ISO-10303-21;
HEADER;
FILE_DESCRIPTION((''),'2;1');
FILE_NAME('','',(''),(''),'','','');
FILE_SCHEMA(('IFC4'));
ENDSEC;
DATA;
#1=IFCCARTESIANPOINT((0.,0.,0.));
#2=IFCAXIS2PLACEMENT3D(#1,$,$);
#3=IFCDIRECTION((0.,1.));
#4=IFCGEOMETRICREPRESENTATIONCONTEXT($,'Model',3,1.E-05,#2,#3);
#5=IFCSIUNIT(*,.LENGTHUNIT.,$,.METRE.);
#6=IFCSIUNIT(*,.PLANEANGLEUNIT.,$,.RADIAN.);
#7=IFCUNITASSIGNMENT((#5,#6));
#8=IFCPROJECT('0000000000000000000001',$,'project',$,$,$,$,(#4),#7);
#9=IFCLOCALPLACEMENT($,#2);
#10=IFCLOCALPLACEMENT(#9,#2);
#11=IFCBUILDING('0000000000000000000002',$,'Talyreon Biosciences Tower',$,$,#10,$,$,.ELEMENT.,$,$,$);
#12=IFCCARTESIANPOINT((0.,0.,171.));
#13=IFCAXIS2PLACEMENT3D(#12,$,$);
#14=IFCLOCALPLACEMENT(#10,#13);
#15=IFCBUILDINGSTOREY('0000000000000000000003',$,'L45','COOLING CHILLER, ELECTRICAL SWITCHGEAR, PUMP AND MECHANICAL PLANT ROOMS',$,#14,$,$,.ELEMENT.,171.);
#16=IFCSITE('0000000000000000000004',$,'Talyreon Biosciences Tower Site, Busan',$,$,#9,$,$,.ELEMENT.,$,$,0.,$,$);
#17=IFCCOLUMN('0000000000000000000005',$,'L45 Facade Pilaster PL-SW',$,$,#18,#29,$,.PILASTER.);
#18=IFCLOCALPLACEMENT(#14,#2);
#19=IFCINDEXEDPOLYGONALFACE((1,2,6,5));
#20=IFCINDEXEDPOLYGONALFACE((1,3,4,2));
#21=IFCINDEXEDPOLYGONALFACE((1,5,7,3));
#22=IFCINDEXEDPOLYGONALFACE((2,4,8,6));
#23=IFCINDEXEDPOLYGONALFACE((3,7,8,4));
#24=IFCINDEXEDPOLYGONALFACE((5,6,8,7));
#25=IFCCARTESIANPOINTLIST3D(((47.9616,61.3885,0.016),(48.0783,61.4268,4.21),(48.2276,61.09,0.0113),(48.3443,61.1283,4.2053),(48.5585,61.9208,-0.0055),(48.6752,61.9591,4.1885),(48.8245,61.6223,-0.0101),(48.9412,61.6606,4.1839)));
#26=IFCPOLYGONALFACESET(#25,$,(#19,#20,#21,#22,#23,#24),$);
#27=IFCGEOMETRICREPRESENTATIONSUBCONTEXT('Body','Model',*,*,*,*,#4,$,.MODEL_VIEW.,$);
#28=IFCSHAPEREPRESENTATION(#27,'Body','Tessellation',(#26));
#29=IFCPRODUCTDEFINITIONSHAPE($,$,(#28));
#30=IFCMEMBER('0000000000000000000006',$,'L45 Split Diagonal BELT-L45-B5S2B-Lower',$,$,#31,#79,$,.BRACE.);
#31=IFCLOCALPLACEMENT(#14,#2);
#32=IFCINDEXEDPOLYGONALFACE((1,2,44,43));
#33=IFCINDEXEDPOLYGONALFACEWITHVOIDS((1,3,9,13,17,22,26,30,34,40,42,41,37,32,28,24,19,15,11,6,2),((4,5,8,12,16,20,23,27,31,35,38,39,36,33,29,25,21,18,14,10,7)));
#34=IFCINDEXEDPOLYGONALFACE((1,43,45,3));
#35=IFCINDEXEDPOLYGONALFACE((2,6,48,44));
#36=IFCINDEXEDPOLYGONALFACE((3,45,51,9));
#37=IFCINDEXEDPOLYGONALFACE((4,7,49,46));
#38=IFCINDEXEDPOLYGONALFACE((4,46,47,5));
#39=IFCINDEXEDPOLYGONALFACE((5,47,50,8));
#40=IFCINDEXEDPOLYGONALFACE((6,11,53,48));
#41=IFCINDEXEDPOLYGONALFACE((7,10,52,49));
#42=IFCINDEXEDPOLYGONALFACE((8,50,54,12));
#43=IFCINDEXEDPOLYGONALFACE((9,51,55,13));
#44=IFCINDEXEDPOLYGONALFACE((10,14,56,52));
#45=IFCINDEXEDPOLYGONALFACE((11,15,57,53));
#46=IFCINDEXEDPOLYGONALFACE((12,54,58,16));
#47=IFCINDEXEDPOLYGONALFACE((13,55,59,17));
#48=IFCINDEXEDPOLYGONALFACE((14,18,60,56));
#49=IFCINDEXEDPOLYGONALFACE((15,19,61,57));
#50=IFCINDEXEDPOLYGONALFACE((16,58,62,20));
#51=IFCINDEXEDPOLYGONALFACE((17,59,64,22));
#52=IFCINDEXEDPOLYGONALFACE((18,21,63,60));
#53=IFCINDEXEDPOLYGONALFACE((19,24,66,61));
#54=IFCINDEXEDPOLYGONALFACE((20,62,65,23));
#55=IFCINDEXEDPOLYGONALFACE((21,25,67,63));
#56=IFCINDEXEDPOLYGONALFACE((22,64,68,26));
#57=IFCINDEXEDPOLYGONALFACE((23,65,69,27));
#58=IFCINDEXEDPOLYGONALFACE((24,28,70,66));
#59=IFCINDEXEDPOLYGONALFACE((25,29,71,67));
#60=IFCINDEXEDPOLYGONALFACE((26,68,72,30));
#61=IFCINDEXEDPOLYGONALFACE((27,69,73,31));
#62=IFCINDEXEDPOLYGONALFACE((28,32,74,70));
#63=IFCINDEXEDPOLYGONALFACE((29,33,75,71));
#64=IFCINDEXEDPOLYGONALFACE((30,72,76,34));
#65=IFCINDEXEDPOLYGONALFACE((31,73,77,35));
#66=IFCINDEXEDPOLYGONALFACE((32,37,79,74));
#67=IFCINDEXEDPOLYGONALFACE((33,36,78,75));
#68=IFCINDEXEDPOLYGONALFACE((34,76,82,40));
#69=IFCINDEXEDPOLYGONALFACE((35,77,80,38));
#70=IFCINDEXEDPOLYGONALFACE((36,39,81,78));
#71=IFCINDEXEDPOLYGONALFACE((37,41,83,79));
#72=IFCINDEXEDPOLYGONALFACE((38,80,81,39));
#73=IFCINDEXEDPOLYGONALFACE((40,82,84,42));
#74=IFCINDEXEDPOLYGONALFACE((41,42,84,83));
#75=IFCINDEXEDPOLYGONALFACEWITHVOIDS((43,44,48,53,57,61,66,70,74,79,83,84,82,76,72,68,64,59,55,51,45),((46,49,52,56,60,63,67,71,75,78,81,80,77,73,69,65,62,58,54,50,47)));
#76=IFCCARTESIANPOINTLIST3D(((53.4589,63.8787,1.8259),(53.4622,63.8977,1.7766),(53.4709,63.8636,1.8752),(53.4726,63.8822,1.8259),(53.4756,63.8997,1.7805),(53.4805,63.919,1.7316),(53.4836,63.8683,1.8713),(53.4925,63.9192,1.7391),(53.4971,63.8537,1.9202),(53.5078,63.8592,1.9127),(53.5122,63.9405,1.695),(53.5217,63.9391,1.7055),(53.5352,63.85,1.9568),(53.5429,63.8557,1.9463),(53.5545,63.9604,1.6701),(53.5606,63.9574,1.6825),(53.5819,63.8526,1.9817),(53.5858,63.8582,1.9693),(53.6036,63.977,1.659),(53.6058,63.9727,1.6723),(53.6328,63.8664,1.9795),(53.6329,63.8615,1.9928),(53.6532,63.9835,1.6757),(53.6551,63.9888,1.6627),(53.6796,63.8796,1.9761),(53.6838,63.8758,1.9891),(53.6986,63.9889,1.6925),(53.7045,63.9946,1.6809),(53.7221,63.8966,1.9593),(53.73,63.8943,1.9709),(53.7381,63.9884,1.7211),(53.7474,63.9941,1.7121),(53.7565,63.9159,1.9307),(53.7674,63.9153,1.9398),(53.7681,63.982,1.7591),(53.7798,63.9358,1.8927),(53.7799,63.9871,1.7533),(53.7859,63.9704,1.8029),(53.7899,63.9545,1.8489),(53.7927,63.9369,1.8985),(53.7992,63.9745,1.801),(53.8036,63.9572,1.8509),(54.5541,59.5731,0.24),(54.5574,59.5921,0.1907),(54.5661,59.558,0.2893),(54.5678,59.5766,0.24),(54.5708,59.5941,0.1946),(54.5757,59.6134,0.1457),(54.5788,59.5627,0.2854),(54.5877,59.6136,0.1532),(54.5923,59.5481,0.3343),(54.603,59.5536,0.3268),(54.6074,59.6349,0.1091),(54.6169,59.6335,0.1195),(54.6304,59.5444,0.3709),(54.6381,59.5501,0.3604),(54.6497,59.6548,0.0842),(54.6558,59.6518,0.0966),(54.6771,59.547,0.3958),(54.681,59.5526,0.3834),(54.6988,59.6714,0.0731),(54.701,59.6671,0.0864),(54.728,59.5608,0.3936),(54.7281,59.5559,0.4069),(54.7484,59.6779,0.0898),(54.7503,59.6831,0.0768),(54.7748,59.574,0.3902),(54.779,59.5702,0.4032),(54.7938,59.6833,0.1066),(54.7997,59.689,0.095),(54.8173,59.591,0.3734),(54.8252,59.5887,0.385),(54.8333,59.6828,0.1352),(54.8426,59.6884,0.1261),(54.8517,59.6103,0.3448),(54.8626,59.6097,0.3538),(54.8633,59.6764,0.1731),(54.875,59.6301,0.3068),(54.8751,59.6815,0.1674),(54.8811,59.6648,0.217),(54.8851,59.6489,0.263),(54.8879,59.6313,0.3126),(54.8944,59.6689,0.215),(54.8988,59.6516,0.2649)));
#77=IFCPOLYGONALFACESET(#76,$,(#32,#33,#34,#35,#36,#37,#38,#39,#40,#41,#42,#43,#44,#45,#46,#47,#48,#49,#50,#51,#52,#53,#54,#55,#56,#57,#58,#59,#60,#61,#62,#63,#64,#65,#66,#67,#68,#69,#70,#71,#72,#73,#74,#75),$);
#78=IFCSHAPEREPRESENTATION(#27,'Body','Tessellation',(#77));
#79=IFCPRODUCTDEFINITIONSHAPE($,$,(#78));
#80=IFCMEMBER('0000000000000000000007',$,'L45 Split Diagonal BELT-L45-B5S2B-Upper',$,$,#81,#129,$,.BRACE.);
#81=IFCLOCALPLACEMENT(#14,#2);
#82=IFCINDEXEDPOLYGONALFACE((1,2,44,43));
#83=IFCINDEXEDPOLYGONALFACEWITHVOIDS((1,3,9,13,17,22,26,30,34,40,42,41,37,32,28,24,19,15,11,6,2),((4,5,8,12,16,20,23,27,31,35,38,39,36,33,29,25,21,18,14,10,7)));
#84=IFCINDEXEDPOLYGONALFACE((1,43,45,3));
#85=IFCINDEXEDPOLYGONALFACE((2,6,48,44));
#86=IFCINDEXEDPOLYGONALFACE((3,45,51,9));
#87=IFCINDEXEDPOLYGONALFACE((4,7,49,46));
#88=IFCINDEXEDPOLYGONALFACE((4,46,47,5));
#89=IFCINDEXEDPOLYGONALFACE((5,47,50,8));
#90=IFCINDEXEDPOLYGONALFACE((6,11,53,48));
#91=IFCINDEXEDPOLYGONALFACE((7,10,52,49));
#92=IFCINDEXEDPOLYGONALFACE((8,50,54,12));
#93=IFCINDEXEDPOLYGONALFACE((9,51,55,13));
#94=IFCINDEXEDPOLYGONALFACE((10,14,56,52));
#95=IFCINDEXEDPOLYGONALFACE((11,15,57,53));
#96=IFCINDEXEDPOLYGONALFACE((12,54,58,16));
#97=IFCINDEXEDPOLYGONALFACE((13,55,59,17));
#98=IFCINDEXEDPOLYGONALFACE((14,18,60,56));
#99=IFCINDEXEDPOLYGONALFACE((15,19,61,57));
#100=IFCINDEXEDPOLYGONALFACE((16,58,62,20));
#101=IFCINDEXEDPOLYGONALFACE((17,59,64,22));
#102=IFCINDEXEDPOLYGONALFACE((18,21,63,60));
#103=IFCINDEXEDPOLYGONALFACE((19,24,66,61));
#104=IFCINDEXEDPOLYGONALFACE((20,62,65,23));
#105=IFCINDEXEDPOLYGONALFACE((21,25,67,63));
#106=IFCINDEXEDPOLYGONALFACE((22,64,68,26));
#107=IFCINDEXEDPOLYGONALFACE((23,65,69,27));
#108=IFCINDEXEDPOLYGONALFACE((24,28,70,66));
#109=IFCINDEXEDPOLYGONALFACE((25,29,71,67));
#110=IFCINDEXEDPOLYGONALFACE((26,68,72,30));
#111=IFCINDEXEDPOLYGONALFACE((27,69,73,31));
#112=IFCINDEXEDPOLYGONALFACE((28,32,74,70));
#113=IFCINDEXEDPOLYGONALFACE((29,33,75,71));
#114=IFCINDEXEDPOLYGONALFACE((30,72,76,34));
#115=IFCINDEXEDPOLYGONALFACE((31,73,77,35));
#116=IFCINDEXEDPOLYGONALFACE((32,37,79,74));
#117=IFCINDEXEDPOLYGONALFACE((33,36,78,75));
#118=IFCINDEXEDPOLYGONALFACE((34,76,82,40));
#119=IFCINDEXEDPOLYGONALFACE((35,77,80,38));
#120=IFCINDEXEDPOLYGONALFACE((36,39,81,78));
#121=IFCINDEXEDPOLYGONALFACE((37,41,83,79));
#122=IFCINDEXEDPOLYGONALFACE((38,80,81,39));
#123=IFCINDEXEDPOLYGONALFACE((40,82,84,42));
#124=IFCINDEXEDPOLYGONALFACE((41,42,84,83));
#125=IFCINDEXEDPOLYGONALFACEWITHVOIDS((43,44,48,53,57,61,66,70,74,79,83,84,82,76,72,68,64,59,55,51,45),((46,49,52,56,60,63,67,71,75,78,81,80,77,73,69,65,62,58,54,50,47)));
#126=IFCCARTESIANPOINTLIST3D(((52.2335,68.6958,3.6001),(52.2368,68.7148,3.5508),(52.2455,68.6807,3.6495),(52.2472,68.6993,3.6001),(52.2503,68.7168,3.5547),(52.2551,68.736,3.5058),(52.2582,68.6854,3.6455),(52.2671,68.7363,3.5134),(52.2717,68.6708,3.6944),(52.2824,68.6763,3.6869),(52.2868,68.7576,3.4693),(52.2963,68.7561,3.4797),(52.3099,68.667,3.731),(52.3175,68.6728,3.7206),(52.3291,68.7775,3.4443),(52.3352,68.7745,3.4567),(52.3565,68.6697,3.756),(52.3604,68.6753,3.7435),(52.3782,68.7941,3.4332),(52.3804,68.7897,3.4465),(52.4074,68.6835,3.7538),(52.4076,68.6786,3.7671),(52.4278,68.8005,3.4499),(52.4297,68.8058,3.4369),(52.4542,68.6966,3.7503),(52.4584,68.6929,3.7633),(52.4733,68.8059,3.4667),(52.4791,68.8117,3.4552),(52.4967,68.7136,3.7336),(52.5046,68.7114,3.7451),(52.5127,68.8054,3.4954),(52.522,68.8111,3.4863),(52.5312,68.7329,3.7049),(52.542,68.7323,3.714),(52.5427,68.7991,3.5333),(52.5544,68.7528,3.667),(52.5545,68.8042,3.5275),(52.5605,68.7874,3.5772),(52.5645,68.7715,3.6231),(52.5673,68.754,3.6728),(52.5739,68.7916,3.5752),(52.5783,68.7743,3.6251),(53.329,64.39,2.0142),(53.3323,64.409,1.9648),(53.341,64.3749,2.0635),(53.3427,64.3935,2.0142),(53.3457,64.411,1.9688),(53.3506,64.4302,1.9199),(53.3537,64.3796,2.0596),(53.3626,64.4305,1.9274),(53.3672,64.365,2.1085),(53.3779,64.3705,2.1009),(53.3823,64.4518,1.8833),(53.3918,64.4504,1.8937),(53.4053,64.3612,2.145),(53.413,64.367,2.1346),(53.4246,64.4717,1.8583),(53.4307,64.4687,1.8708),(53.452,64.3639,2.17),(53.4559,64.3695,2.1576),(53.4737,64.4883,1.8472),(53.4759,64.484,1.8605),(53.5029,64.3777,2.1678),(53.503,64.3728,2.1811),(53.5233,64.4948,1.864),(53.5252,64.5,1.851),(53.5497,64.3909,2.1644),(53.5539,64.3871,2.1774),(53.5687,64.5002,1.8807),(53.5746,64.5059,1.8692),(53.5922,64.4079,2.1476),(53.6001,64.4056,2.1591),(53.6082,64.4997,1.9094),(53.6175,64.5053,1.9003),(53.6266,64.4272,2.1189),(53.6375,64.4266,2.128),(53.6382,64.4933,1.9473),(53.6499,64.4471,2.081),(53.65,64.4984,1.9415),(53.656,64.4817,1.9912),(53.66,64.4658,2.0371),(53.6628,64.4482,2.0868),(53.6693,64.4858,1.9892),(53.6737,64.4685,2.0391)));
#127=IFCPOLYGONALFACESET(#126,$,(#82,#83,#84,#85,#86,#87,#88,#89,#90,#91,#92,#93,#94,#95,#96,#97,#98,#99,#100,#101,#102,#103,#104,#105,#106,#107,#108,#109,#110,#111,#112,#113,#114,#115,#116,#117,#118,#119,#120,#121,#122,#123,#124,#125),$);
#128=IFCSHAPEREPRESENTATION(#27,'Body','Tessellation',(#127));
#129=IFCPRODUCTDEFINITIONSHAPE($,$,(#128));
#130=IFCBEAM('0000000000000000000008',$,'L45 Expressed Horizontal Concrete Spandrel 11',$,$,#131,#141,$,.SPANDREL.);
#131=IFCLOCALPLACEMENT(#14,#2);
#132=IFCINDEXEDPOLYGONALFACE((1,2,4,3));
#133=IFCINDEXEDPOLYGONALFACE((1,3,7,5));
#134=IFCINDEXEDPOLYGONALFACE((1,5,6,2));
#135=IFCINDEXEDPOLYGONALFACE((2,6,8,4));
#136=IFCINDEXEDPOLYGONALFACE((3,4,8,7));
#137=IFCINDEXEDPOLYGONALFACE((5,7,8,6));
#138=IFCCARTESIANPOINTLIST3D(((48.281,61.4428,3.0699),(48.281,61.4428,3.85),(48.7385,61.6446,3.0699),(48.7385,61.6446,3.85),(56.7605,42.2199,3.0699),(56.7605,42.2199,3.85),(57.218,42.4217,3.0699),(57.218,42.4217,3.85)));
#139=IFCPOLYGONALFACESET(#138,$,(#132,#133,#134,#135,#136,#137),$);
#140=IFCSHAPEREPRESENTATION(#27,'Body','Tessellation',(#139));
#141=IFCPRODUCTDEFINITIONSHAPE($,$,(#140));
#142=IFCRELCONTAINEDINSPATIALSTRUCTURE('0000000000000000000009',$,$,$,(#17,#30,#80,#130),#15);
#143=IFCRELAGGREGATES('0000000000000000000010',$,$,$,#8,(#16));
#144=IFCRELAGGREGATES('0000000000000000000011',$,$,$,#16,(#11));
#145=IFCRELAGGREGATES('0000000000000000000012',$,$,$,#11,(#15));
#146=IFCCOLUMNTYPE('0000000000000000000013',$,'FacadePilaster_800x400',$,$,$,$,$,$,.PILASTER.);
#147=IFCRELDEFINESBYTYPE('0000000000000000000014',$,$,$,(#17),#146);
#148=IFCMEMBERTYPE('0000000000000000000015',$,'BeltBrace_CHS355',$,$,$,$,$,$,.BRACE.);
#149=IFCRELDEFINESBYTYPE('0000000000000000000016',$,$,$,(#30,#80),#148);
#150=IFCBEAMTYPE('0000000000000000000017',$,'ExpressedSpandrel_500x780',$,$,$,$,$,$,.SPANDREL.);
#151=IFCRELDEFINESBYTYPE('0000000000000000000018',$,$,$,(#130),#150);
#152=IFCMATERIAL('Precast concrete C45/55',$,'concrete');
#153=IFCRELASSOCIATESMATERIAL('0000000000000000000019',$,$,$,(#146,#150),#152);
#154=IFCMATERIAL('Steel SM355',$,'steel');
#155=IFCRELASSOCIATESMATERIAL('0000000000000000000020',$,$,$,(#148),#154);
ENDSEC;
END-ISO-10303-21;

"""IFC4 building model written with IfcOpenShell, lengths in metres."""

from ifc_helpers import new_model, si_unit, direction, frame, origin, origin_2d, place, context, subcontext, project, spatial, rectangle, hollow_circle, extrude, material, material_profile, profile_set, type_object, element, save


model = new_model("IFC4")

# Units and contexts
model_context = context("Model", 3, precision=1e-05, world=origin(), true_north=direction((0.0, 1.0)))
body_context = subcontext(model_context, "Body", "Model", "MODEL_VIEW")
ifc_project = project(units=[si_unit("LENGTHUNIT", "METRE"), si_unit("PLANEANGLEUNIT", "RADIAN")], contexts=[model_context])

# Site, building, storey
site_placement = place(None, origin())
site = spatial("IfcSite", under=ifc_project, at=site_placement, Name="Talyreon Biosciences Tower Site, Busan", CompositionType="ELEMENT", RefElevation=0.0)
building_placement = place(site_placement, origin())
building = spatial("IfcBuilding", under=site, at=building_placement, Name="Talyreon Biosciences Tower", CompositionType="ELEMENT")
storey_placement = place(building_placement, frame((0.0, 0.0, 171.0)))
storey = spatial("IfcBuildingStorey", under=building, at=storey_placement, Name="L45", Description="COOLING CHILLER, ELECTRICAL SWITCHGEAR, PUMP AND MECHANICAL PLANT ROOMS", CompositionType="ELEMENT", Elevation=171.0)

# Column
ifc_material_1 = material(Name="Precast concrete C45/55", Category="concrete")
ifc_material_profile_1 = material_profile(ifc_material_1, rectangle(XDim=0.8, YDim=0.3999, at=origin_2d()), Name="RC 800x400")
ifc_profile_set_1 = profile_set([ifc_material_profile_1], Name="Precast concrete C45/55")
column_type = type_object("IfcColumnType", Name="FacadePilaster_800x400", PredefinedType="PILASTER", material=ifc_profile_set_1)
column_placement = place(storey_placement, frame((48.3931, 61.5054, 0.0029), z_axis=(0.027813, 0.009135, 0.999571), x_axis=(0.746069, 0.665327, -0.02684)))
element("IfcColumn", 1, at=column_placement, inside=storey, type_object=column_type, Name="L45 Facade Pilaster PL-SW", PredefinedType="PILASTER", context=body_context, shape_type="SweptSolid", body=[
    extrude(rectangle(XDim=0.8, YDim=0.3999, at=origin_2d()), origin(), (0.0, 0.0, 1.0), 4.1958),
])

# Members
ifc_material_2 = material(Name="Steel SM355", Category="steel")
ifc_material_profile_2 = material_profile(ifc_material_2, hollow_circle(Radius=0.1777, WallThickness=0.0142, at=origin_2d()), Name="CHS 355.6x14.2")
ifc_profile_set_2 = profile_set([ifc_material_profile_2], Name="Steel SM355")
member_type_1 = type_object("IfcMemberType", Name="BeltBrace_CHS355", PredefinedType="BRACE", material=ifc_profile_set_2)
member_1_placement = place(storey_placement, frame((54.7263, 59.6169, 0.24), z_axis=(-0.232167, 0.912728, 0.336192), x_axis=(-0.969139, -0.246516, 0.0)))
element("IfcMember", 2, at=member_1_placement, inside=storey, type_object=member_type_1, Name="L45 Split Diagonal BELT-L45-B5S2B-Lower", PredefinedType="BRACE", context=body_context, shape_type="SweptSolid", body=[
    extrude(hollow_circle(Radius=0.1777, WallThickness=0.0142, at=origin_2d()), origin(), (0.0, 0.0, 1.0), 4.7173),
])
member_2_placement = place(storey_placement, frame((53.5012, 64.4338, 2.0142), z_axis=(-0.232216, 0.912718, 0.336188), x_axis=(-0.969126, -0.246568, 0.0)))
element("IfcMember", 3, at=member_2_placement, inside=storey, type_object=member_type_1, Name="L45 Split Diagonal BELT-L45-B5S2B-Upper", PredefinedType="BRACE", context=body_context, shape_type="SweptSolid", body=[
    extrude(hollow_circle(Radius=0.1777, WallThickness=0.0142, at=origin_2d()), origin(), (0.0, 0.0, 1.0), 4.7175),
])

# Beam
ifc_material_profile_3 = material_profile(ifc_material_1, rectangle(XDim=0.5, YDim=0.78, at=origin_2d()), Name="RCB 500x780")
ifc_profile_set_3 = profile_set([ifc_material_profile_3], Name="Precast concrete C45/55")
beam_type_1 = type_object("IfcBeamType", Name="ExpressedSpandrel_500x780", PredefinedType="SPANDREL", material=ifc_profile_set_3)
beam_1_placement = place(storey_placement, frame((48.5098, 61.5437, 3.46), z_axis=(0.403592, -0.914939, 0.0), x_axis=(0.914939, 0.403592, 0.0)))
element("IfcBeam", 4, at=beam_1_placement, inside=storey, type_object=beam_type_1, Name="L45 Expressed Horizontal Concrete Spandrel 11", PredefinedType="SPANDREL", context=body_context, shape_type="SweptSolid", body=[
    extrude(rectangle(XDim=0.5, YDim=0.78, at=origin_2d()), origin(), (0.0, 0.0, 1.0), 21.01),
])

save(model, "model.ifc")
